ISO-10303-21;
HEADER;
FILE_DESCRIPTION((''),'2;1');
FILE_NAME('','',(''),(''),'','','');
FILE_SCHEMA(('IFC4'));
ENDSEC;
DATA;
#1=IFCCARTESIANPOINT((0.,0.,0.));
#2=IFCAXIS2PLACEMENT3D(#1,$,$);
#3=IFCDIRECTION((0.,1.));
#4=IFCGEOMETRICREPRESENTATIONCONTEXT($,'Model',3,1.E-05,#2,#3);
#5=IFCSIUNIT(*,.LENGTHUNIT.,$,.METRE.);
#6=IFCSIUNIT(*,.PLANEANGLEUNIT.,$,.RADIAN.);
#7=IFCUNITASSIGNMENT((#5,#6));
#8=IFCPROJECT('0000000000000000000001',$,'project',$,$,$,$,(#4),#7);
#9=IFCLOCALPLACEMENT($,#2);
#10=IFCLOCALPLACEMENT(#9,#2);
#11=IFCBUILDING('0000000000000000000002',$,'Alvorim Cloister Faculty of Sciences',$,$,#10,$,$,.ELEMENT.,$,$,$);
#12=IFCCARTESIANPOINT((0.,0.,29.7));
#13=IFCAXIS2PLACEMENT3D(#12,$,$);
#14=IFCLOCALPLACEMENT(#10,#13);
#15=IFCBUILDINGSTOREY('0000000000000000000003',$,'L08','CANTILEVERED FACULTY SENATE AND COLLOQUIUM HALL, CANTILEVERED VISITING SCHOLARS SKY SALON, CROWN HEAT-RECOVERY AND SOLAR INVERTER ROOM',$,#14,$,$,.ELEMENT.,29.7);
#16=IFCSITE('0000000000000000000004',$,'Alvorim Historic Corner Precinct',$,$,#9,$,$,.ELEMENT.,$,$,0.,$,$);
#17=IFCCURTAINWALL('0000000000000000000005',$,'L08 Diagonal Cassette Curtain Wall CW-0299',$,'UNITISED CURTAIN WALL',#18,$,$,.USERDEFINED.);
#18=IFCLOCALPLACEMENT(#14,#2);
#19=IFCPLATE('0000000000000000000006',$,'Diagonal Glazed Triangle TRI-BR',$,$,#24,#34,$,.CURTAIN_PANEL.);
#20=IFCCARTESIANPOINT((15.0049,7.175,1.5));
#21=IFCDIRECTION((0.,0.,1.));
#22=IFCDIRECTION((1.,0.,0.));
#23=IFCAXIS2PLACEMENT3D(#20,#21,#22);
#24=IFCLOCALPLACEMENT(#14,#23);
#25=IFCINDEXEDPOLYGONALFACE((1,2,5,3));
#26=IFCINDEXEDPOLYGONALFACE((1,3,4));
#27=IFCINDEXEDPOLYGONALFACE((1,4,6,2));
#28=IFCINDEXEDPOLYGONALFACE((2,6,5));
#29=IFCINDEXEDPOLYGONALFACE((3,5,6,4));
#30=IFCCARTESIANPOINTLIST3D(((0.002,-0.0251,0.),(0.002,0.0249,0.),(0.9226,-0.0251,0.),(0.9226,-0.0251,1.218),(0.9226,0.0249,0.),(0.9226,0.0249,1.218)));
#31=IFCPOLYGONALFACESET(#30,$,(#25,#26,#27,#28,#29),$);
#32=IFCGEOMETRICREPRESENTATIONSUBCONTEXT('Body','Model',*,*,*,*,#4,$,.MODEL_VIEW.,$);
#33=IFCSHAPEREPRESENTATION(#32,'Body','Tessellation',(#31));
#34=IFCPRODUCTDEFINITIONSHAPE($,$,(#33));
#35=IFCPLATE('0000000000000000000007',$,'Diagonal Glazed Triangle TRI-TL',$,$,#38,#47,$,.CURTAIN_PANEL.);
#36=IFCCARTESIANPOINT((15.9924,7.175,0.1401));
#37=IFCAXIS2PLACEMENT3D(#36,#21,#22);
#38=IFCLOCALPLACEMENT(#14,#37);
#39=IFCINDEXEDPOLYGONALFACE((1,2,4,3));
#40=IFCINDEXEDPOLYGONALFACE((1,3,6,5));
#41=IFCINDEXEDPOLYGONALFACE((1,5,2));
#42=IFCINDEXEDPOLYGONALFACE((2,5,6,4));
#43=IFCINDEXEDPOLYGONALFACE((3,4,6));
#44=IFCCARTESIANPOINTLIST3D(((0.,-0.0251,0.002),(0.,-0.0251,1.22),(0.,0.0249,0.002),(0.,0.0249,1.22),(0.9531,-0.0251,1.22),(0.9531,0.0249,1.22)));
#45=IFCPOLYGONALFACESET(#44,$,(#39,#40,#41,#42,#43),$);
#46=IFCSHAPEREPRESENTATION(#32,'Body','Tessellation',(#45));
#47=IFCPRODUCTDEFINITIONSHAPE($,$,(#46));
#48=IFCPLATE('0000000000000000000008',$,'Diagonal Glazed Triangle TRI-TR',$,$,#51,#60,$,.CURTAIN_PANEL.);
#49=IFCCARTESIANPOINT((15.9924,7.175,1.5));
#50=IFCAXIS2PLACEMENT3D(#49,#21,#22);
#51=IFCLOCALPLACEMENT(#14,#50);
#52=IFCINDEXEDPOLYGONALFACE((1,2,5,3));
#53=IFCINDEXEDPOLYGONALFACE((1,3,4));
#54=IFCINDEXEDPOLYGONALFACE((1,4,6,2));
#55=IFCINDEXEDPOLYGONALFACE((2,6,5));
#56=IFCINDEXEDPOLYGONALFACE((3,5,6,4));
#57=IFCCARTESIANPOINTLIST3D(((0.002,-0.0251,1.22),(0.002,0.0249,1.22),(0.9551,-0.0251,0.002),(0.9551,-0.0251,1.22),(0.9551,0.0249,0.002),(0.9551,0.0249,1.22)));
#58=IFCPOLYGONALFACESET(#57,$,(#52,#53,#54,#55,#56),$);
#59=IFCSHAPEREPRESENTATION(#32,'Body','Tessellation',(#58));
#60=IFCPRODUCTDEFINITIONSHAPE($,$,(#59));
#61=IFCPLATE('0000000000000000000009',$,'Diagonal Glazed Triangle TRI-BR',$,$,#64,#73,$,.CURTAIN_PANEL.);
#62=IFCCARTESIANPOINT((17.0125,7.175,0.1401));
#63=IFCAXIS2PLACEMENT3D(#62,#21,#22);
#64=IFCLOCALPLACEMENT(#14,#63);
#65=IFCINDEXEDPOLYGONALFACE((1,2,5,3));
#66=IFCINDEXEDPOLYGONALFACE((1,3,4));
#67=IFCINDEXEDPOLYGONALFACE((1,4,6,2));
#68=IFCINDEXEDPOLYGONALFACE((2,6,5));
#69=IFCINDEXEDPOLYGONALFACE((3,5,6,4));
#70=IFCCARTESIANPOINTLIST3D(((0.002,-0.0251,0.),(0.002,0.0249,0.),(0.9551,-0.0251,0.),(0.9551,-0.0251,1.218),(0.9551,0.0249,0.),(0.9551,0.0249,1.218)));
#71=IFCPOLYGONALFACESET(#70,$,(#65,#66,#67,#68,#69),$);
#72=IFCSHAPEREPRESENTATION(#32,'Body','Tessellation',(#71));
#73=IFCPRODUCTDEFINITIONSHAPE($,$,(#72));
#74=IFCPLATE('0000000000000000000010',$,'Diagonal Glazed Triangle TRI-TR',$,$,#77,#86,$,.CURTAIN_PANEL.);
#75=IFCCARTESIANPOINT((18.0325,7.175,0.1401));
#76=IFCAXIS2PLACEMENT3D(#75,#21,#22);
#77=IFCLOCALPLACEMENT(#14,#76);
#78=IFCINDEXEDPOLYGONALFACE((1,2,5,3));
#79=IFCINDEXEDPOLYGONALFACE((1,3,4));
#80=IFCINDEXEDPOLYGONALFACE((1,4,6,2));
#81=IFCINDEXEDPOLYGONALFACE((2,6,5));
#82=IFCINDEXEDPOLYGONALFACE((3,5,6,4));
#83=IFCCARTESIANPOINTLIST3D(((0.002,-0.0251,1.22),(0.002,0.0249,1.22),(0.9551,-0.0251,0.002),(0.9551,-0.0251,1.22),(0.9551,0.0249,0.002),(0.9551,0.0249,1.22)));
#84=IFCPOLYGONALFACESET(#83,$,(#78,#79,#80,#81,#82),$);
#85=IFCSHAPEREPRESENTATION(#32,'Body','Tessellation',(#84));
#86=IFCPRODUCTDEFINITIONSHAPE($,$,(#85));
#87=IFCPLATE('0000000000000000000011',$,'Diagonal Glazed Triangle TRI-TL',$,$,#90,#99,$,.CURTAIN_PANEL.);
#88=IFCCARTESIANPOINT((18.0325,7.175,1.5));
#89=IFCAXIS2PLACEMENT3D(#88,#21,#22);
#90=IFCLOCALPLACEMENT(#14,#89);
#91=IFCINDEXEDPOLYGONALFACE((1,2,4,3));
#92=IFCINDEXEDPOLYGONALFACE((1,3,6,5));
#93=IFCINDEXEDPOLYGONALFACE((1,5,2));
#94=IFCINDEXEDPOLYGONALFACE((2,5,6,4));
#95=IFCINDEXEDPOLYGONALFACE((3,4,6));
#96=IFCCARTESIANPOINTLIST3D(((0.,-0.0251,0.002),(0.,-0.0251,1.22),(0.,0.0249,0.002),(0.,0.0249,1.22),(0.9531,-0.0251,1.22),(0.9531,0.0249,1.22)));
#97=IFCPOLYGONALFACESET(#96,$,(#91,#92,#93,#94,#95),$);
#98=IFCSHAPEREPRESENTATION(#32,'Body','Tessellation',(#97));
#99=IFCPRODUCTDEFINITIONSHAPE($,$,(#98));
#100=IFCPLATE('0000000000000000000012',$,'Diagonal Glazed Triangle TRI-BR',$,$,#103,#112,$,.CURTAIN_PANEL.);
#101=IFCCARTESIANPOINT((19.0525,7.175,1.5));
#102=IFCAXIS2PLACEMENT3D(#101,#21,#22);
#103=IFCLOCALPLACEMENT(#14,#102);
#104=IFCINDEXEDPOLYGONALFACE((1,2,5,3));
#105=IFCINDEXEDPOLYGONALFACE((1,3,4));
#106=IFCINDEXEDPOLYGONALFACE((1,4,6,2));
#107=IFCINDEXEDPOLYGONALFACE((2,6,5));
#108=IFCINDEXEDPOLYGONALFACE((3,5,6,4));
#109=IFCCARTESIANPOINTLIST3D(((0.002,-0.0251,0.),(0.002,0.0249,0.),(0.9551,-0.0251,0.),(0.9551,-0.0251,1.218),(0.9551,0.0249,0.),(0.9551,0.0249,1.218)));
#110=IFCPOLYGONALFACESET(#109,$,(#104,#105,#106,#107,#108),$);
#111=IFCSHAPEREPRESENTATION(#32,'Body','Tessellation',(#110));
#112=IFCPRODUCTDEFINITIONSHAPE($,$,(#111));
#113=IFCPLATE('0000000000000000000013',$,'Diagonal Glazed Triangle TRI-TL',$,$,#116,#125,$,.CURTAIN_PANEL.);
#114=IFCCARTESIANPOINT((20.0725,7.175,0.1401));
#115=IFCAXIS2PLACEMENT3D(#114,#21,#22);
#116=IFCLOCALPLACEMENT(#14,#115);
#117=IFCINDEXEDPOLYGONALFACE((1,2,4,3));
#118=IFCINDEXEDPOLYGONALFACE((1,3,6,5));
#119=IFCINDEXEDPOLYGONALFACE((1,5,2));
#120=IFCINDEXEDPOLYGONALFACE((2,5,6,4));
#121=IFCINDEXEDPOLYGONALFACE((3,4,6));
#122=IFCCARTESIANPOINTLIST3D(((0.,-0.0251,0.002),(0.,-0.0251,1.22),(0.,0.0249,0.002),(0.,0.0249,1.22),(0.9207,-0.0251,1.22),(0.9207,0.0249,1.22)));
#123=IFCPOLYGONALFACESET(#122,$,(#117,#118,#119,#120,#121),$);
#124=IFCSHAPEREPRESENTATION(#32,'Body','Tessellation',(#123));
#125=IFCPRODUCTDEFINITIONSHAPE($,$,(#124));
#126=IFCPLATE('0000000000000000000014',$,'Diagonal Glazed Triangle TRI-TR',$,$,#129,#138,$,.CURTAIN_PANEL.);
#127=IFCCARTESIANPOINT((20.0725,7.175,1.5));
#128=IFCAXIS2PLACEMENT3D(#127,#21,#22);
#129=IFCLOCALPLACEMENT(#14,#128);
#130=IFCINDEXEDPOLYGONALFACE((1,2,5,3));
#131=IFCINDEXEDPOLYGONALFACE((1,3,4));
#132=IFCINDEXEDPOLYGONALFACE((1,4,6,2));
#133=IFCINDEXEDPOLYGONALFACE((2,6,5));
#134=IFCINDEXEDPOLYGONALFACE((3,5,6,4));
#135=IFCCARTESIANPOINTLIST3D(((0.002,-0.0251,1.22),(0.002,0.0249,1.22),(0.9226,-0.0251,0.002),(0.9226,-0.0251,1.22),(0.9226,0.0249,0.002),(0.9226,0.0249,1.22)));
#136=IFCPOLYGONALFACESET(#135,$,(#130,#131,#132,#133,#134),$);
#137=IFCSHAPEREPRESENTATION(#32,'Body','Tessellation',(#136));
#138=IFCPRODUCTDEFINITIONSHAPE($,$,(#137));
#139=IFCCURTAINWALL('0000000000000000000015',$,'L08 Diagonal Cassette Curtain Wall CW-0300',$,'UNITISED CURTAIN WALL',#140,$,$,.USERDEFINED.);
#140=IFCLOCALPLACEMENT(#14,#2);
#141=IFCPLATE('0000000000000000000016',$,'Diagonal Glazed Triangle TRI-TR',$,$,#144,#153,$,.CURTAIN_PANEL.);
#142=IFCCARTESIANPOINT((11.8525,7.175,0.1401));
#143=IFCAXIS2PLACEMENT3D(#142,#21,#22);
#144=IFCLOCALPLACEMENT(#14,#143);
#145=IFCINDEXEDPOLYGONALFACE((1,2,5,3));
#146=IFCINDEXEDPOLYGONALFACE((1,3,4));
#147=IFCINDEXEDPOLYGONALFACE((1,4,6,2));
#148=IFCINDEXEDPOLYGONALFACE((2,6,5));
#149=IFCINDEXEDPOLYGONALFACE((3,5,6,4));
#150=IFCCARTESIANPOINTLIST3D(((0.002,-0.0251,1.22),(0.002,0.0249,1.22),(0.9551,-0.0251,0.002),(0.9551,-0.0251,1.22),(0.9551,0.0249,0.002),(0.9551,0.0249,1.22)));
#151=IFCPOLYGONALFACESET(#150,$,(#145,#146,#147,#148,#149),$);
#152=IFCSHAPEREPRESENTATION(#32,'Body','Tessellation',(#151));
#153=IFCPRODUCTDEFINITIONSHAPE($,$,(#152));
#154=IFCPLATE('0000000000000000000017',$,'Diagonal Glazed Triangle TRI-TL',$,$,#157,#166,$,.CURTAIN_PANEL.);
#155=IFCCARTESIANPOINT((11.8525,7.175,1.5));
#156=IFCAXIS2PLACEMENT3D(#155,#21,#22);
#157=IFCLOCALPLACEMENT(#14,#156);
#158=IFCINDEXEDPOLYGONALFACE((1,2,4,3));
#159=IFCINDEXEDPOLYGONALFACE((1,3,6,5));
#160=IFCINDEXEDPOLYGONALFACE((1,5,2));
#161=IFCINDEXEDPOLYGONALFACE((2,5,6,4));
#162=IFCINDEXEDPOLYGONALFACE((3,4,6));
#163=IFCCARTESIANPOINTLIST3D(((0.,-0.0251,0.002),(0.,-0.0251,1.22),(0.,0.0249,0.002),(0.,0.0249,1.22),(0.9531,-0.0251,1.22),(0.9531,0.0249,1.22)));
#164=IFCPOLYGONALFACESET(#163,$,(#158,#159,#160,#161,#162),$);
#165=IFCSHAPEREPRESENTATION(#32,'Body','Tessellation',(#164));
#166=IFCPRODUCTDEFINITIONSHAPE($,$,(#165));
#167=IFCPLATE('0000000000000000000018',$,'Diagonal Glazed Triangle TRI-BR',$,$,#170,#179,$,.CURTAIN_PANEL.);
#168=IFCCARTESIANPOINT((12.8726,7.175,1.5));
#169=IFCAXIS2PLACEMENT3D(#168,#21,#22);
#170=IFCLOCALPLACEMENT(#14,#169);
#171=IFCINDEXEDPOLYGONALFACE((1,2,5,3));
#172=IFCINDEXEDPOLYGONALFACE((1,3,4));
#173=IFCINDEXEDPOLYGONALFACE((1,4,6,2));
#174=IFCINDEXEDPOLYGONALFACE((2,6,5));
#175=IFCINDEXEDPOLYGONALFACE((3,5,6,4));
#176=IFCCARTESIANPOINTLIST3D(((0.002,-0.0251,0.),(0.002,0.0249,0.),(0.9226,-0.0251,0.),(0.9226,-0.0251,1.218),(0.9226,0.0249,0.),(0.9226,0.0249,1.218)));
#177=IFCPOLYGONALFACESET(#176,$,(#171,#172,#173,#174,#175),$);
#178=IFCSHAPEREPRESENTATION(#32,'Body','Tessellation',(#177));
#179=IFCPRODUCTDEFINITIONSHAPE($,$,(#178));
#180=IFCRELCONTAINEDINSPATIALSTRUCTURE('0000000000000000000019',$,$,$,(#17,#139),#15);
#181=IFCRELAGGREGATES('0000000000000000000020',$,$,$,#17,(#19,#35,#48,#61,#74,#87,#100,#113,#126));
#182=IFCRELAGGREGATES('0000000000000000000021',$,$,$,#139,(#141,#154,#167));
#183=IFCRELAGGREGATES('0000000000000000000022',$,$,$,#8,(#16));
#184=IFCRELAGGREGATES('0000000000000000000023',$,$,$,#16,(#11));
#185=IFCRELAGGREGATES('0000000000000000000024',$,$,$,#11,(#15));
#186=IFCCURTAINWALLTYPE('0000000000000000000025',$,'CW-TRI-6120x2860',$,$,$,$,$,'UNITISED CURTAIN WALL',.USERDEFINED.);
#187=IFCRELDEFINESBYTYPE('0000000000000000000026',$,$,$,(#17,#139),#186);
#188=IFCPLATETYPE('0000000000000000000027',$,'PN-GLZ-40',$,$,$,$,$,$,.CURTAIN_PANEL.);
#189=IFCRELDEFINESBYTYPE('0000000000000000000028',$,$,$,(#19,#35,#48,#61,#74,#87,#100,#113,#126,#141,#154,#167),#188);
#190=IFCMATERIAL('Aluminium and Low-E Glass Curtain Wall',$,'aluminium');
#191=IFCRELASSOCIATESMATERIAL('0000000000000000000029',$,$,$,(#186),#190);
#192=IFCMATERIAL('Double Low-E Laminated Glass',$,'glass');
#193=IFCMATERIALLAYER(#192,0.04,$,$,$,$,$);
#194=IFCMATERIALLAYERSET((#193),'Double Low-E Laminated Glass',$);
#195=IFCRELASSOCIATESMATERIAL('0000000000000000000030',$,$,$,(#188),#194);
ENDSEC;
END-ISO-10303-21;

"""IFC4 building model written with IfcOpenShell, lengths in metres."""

from ifc_helpers import new_model, si_unit, direction, frame, origin, place, context, subcontext, project, spatial, polyline, outline, extrude, material, layer, layer_set, type_object, element, aggregate, save


model = new_model("IFC4")

# Units and contexts
model_context = context("Model", 3, precision=1e-05, world=origin(), true_north=direction((0.0, 1.0)))
body_context = subcontext(model_context, "Body", "Model", "MODEL_VIEW")
ifc_project = project(units=[si_unit("LENGTHUNIT", "METRE"), si_unit("PLANEANGLEUNIT", "RADIAN")], contexts=[model_context])

# Site, building, storey
site_placement = place(None, origin())
site = spatial("IfcSite", under=ifc_project, at=site_placement, Name="Alvorim Historic Corner Precinct", CompositionType="ELEMENT", RefElevation=0.0)
building_placement = place(site_placement, origin())
building = spatial("IfcBuilding", under=site, at=building_placement, Name="Alvorim Cloister Faculty of Sciences", CompositionType="ELEMENT")
storey_placement = place(building_placement, frame((0.0, 0.0, 29.7)))
storey = spatial("IfcBuildingStorey", under=building, at=storey_placement, Name="L08", Description="CANTILEVERED FACULTY SENATE AND COLLOQUIUM HALL, CANTILEVERED VISITING SCHOLARS SKY SALON, CROWN HEAT-RECOVERY AND SOLAR INVERTER ROOM", CompositionType="ELEMENT", Elevation=29.7)

# Curtain walls, plates
ifc_material_1 = material(Name="Aluminium and Low-E Glass Curtain Wall", Category="aluminium")
curtain_wall_type = type_object("IfcCurtainWallType", Name="CW-TRI-6120x2860", ElementType="UNITISED CURTAIN WALL", PredefinedType="USERDEFINED", material=ifc_material_1)
curtain_wall_1_placement = place(storey_placement, origin())
curtain_wall_1 = element("IfcCurtainWall", 1, at=curtain_wall_1_placement, inside=storey, type_object=curtain_wall_type, Name="L08 Diagonal Cassette Curtain Wall CW-0299", ObjectType="UNITISED CURTAIN WALL", PredefinedType="USERDEFINED")
ifc_material_2 = material(Name="Double Low-E Laminated Glass", Category="glass")
ifc_layer_1 = layer(ifc_material_2, 0.04)
ifc_layer_set_1 = layer_set([ifc_layer_1], Name="Double Low-E Laminated Glass")
plate_type = type_object("IfcPlateType", Name="PN-GLZ-40", PredefinedType="CURTAIN_PANEL", material=ifc_layer_set_1)
plate_1_placement = place(storey_placement, frame((15.0049, 7.175, 1.5), z_axis=(0.0, 0.0, 1.0), x_axis=(1.0, 0.0, 0.0)))
plate_1 = element("IfcPlate", 2, at=plate_1_placement, type_object=plate_type, Name="Diagonal Glazed Triangle TRI-BR", PredefinedType="CURTAIN_PANEL", context=body_context, shape_type="SweptSolid", body=[
    extrude(outline(polyline([(0.002, 0.0), (0.9226, 0.0), (0.9226, 1.218), (0.002, 0.0)])), frame((0.0, 0.0249, 0.0), z_axis=(0.0, -1.0, 0.0), x_axis=(1.0, 0.0, 0.0)), (0.0, 0.0, 1.0), 0.05),
])
plate_2_placement = place(storey_placement, frame((15.9924, 7.175, 0.1401), z_axis=(0.0, 0.0, 1.0), x_axis=(1.0, 0.0, 0.0)))
plate_2 = element("IfcPlate", 3, at=plate_2_placement, type_object=plate_type, Name="Diagonal Glazed Triangle TRI-TL", PredefinedType="CURTAIN_PANEL", context=body_context, shape_type="SweptSolid", body=[
    extrude(outline(polyline([(0.9531, 1.22), (0.0, 1.22), (0.0, 0.002), (0.9531, 1.22)])), frame((0.0, 0.0249, 0.0), z_axis=(0.0, -1.0, 0.0), x_axis=(1.0, 0.0, 0.0)), (0.0, 0.0, 1.0), 0.05),
])
plate_3_placement = place(storey_placement, frame((15.9924, 7.175, 1.5), z_axis=(0.0, 0.0, 1.0), x_axis=(1.0, 0.0, 0.0)))
plate_3 = element("IfcPlate", 4, at=plate_3_placement, type_object=plate_type, Name="Diagonal Glazed Triangle TRI-TR", PredefinedType="CURTAIN_PANEL", context=body_context, shape_type="SweptSolid", body=[
    extrude(outline(polyline([(0.9551, 0.002), (0.9551, 1.22), (0.002, 1.22), (0.9551, 0.002)])), frame((0.0, 0.0249, 0.0), z_axis=(0.0, -1.0, 0.0), x_axis=(1.0, 0.0, 0.0)), (0.0, 0.0, 1.0), 0.05),
])
plate_4_placement = place(storey_placement, frame((17.0125, 7.175, 0.1401), z_axis=(0.0, 0.0, 1.0), x_axis=(1.0, 0.0, 0.0)))
plate_4 = element("IfcPlate", 5, at=plate_4_placement, type_object=plate_type, Name="Diagonal Glazed Triangle TRI-BR", PredefinedType="CURTAIN_PANEL", context=body_context, shape_type="SweptSolid", body=[
    extrude(outline(polyline([(0.002, 0.0), (0.9551, 0.0), (0.9551, 1.218), (0.002, 0.0)])), frame((0.0, 0.0249, 0.0), z_axis=(0.0, -1.0, 0.0), x_axis=(1.0, 0.0, 0.0)), (0.0, 0.0, 1.0), 0.05),
])
plate_5_placement = place(storey_placement, frame((18.0325, 7.175, 0.1401), z_axis=(0.0, 0.0, 1.0), x_axis=(1.0, 0.0, 0.0)))
plate_5 = element("IfcPlate", 6, at=plate_5_placement, type_object=plate_type, Name="Diagonal Glazed Triangle TRI-TR", PredefinedType="CURTAIN_PANEL", context=body_context, shape_type="SweptSolid", body=[
    extrude(outline(polyline([(0.9551, 0.002), (0.9551, 1.22), (0.002, 1.22), (0.9551, 0.002)])), frame((0.0, 0.0249, 0.0), z_axis=(0.0, -1.0, 0.0), x_axis=(1.0, 0.0, 0.0)), (0.0, 0.0, 1.0), 0.05),
])
plate_6_placement = place(storey_placement, frame((18.0325, 7.175, 1.5), z_axis=(0.0, 0.0, 1.0), x_axis=(1.0, 0.0, 0.0)))
plate_6 = element("IfcPlate", 7, at=plate_6_placement, type_object=plate_type, Name="Diagonal Glazed Triangle TRI-TL", PredefinedType="CURTAIN_PANEL", context=body_context, shape_type="SweptSolid", body=[
    extrude(outline(polyline([(0.9531, 1.22), (0.0, 1.22), (0.0, 0.002), (0.9531, 1.22)])), frame((0.0, 0.0249, 0.0), z_axis=(0.0, -1.0, 0.0), x_axis=(1.0, 0.0, 0.0)), (0.0, 0.0, 1.0), 0.05),
])
plate_7_placement = place(storey_placement, frame((19.0525, 7.175, 1.5), z_axis=(0.0, 0.0, 1.0), x_axis=(1.0, 0.0, 0.0)))
plate_7 = element("IfcPlate", 8, at=plate_7_placement, type_object=plate_type, Name="Diagonal Glazed Triangle TRI-BR", PredefinedType="CURTAIN_PANEL", context=body_context, shape_type="SweptSolid", body=[
    extrude(outline(polyline([(0.002, 0.0), (0.9551, 0.0), (0.9551, 1.218), (0.002, 0.0)])), frame((0.0, 0.0249, 0.0), z_axis=(0.0, -1.0, 0.0), x_axis=(1.0, 0.0, 0.0)), (0.0, 0.0, 1.0), 0.05),
])
plate_8_placement = place(storey_placement, frame((20.0725, 7.175, 0.1401), z_axis=(0.0, 0.0, 1.0), x_axis=(1.0, 0.0, 0.0)))
plate_8 = element("IfcPlate", 9, at=plate_8_placement, type_object=plate_type, Name="Diagonal Glazed Triangle TRI-TL", PredefinedType="CURTAIN_PANEL", context=body_context, shape_type="SweptSolid", body=[
    extrude(outline(polyline([(0.9207, 1.22), (0.0, 1.22), (0.0, 0.002), (0.9207, 1.22)])), frame((0.0, 0.0249, 0.0), z_axis=(0.0, -1.0, 0.0), x_axis=(1.0, 0.0, 0.0)), (0.0, 0.0, 1.0), 0.05),
])
plate_9_placement = place(storey_placement, frame((20.0725, 7.175, 1.5), z_axis=(0.0, 0.0, 1.0), x_axis=(1.0, 0.0, 0.0)))
plate_9 = element("IfcPlate", 10, at=plate_9_placement, type_object=plate_type, Name="Diagonal Glazed Triangle TRI-TR", PredefinedType="CURTAIN_PANEL", context=body_context, shape_type="SweptSolid", body=[
    extrude(outline(polyline([(0.9226, 0.002), (0.9226, 1.22), (0.002, 1.22), (0.9226, 0.002)])), frame((0.0, 0.0249, 0.0), z_axis=(0.0, -1.0, 0.0), x_axis=(1.0, 0.0, 0.0)), (0.0, 0.0, 1.0), 0.05),
])
aggregate(curtain_wall_1, [plate_1, plate_2, plate_3, plate_4, plate_5, plate_6, plate_7, plate_8, plate_9])
curtain_wall_2_placement = place(storey_placement, origin())
curtain_wall_2 = element("IfcCurtainWall", 11, at=curtain_wall_2_placement, inside=storey, type_object=curtain_wall_type, Name="L08 Diagonal Cassette Curtain Wall CW-0300", ObjectType="UNITISED CURTAIN WALL", PredefinedType="USERDEFINED")
plate_10_placement = place(storey_placement, frame((11.8525, 7.175, 0.1401), z_axis=(0.0, 0.0, 1.0), x_axis=(1.0, 0.0, 0.0)))
plate_10 = element("IfcPlate", 12, at=plate_10_placement, type_object=plate_type, Name="Diagonal Glazed Triangle TRI-TR", PredefinedType="CURTAIN_PANEL", context=body_context, shape_type="SweptSolid", body=[
    extrude(outline(polyline([(0.9551, 0.002), (0.9551, 1.22), (0.002, 1.22), (0.9551, 0.002)])), frame((0.0, 0.0249, 0.0), z_axis=(0.0, -1.0, 0.0), x_axis=(1.0, 0.0, 0.0)), (0.0, 0.0, 1.0), 0.05),
])
plate_11_placement = place(storey_placement, frame((11.8525, 7.175, 1.5), z_axis=(0.0, 0.0, 1.0), x_axis=(1.0, 0.0, 0.0)))
plate_11 = element("IfcPlate", 13, at=plate_11_placement, type_object=plate_type, Name="Diagonal Glazed Triangle TRI-TL", PredefinedType="CURTAIN_PANEL", context=body_context, shape_type="SweptSolid", body=[
    extrude(outline(polyline([(0.9531, 1.22), (0.0, 1.22), (0.0, 0.002), (0.9531, 1.22)])), frame((0.0, 0.0249, 0.0), z_axis=(0.0, -1.0, 0.0), x_axis=(1.0, 0.0, 0.0)), (0.0, 0.0, 1.0), 0.05),
])
plate_12_placement = place(storey_placement, frame((12.8726, 7.175, 1.5), z_axis=(0.0, 0.0, 1.0), x_axis=(1.0, 0.0, 0.0)))
plate_12 = element("IfcPlate", 14, at=plate_12_placement, type_object=plate_type, Name="Diagonal Glazed Triangle TRI-BR", PredefinedType="CURTAIN_PANEL", context=body_context, shape_type="SweptSolid", body=[
    extrude(outline(polyline([(0.002, 0.0), (0.9226, 0.0), (0.9226, 1.218), (0.002, 0.0)])), frame((0.0, 0.0249, 0.0), z_axis=(0.0, -1.0, 0.0), x_axis=(1.0, 0.0, 0.0)), (0.0, 0.0, 1.0), 0.05),
])
aggregate(curtain_wall_2, [plate_10, plate_11, plate_12])

save(model, "model.ifc")
